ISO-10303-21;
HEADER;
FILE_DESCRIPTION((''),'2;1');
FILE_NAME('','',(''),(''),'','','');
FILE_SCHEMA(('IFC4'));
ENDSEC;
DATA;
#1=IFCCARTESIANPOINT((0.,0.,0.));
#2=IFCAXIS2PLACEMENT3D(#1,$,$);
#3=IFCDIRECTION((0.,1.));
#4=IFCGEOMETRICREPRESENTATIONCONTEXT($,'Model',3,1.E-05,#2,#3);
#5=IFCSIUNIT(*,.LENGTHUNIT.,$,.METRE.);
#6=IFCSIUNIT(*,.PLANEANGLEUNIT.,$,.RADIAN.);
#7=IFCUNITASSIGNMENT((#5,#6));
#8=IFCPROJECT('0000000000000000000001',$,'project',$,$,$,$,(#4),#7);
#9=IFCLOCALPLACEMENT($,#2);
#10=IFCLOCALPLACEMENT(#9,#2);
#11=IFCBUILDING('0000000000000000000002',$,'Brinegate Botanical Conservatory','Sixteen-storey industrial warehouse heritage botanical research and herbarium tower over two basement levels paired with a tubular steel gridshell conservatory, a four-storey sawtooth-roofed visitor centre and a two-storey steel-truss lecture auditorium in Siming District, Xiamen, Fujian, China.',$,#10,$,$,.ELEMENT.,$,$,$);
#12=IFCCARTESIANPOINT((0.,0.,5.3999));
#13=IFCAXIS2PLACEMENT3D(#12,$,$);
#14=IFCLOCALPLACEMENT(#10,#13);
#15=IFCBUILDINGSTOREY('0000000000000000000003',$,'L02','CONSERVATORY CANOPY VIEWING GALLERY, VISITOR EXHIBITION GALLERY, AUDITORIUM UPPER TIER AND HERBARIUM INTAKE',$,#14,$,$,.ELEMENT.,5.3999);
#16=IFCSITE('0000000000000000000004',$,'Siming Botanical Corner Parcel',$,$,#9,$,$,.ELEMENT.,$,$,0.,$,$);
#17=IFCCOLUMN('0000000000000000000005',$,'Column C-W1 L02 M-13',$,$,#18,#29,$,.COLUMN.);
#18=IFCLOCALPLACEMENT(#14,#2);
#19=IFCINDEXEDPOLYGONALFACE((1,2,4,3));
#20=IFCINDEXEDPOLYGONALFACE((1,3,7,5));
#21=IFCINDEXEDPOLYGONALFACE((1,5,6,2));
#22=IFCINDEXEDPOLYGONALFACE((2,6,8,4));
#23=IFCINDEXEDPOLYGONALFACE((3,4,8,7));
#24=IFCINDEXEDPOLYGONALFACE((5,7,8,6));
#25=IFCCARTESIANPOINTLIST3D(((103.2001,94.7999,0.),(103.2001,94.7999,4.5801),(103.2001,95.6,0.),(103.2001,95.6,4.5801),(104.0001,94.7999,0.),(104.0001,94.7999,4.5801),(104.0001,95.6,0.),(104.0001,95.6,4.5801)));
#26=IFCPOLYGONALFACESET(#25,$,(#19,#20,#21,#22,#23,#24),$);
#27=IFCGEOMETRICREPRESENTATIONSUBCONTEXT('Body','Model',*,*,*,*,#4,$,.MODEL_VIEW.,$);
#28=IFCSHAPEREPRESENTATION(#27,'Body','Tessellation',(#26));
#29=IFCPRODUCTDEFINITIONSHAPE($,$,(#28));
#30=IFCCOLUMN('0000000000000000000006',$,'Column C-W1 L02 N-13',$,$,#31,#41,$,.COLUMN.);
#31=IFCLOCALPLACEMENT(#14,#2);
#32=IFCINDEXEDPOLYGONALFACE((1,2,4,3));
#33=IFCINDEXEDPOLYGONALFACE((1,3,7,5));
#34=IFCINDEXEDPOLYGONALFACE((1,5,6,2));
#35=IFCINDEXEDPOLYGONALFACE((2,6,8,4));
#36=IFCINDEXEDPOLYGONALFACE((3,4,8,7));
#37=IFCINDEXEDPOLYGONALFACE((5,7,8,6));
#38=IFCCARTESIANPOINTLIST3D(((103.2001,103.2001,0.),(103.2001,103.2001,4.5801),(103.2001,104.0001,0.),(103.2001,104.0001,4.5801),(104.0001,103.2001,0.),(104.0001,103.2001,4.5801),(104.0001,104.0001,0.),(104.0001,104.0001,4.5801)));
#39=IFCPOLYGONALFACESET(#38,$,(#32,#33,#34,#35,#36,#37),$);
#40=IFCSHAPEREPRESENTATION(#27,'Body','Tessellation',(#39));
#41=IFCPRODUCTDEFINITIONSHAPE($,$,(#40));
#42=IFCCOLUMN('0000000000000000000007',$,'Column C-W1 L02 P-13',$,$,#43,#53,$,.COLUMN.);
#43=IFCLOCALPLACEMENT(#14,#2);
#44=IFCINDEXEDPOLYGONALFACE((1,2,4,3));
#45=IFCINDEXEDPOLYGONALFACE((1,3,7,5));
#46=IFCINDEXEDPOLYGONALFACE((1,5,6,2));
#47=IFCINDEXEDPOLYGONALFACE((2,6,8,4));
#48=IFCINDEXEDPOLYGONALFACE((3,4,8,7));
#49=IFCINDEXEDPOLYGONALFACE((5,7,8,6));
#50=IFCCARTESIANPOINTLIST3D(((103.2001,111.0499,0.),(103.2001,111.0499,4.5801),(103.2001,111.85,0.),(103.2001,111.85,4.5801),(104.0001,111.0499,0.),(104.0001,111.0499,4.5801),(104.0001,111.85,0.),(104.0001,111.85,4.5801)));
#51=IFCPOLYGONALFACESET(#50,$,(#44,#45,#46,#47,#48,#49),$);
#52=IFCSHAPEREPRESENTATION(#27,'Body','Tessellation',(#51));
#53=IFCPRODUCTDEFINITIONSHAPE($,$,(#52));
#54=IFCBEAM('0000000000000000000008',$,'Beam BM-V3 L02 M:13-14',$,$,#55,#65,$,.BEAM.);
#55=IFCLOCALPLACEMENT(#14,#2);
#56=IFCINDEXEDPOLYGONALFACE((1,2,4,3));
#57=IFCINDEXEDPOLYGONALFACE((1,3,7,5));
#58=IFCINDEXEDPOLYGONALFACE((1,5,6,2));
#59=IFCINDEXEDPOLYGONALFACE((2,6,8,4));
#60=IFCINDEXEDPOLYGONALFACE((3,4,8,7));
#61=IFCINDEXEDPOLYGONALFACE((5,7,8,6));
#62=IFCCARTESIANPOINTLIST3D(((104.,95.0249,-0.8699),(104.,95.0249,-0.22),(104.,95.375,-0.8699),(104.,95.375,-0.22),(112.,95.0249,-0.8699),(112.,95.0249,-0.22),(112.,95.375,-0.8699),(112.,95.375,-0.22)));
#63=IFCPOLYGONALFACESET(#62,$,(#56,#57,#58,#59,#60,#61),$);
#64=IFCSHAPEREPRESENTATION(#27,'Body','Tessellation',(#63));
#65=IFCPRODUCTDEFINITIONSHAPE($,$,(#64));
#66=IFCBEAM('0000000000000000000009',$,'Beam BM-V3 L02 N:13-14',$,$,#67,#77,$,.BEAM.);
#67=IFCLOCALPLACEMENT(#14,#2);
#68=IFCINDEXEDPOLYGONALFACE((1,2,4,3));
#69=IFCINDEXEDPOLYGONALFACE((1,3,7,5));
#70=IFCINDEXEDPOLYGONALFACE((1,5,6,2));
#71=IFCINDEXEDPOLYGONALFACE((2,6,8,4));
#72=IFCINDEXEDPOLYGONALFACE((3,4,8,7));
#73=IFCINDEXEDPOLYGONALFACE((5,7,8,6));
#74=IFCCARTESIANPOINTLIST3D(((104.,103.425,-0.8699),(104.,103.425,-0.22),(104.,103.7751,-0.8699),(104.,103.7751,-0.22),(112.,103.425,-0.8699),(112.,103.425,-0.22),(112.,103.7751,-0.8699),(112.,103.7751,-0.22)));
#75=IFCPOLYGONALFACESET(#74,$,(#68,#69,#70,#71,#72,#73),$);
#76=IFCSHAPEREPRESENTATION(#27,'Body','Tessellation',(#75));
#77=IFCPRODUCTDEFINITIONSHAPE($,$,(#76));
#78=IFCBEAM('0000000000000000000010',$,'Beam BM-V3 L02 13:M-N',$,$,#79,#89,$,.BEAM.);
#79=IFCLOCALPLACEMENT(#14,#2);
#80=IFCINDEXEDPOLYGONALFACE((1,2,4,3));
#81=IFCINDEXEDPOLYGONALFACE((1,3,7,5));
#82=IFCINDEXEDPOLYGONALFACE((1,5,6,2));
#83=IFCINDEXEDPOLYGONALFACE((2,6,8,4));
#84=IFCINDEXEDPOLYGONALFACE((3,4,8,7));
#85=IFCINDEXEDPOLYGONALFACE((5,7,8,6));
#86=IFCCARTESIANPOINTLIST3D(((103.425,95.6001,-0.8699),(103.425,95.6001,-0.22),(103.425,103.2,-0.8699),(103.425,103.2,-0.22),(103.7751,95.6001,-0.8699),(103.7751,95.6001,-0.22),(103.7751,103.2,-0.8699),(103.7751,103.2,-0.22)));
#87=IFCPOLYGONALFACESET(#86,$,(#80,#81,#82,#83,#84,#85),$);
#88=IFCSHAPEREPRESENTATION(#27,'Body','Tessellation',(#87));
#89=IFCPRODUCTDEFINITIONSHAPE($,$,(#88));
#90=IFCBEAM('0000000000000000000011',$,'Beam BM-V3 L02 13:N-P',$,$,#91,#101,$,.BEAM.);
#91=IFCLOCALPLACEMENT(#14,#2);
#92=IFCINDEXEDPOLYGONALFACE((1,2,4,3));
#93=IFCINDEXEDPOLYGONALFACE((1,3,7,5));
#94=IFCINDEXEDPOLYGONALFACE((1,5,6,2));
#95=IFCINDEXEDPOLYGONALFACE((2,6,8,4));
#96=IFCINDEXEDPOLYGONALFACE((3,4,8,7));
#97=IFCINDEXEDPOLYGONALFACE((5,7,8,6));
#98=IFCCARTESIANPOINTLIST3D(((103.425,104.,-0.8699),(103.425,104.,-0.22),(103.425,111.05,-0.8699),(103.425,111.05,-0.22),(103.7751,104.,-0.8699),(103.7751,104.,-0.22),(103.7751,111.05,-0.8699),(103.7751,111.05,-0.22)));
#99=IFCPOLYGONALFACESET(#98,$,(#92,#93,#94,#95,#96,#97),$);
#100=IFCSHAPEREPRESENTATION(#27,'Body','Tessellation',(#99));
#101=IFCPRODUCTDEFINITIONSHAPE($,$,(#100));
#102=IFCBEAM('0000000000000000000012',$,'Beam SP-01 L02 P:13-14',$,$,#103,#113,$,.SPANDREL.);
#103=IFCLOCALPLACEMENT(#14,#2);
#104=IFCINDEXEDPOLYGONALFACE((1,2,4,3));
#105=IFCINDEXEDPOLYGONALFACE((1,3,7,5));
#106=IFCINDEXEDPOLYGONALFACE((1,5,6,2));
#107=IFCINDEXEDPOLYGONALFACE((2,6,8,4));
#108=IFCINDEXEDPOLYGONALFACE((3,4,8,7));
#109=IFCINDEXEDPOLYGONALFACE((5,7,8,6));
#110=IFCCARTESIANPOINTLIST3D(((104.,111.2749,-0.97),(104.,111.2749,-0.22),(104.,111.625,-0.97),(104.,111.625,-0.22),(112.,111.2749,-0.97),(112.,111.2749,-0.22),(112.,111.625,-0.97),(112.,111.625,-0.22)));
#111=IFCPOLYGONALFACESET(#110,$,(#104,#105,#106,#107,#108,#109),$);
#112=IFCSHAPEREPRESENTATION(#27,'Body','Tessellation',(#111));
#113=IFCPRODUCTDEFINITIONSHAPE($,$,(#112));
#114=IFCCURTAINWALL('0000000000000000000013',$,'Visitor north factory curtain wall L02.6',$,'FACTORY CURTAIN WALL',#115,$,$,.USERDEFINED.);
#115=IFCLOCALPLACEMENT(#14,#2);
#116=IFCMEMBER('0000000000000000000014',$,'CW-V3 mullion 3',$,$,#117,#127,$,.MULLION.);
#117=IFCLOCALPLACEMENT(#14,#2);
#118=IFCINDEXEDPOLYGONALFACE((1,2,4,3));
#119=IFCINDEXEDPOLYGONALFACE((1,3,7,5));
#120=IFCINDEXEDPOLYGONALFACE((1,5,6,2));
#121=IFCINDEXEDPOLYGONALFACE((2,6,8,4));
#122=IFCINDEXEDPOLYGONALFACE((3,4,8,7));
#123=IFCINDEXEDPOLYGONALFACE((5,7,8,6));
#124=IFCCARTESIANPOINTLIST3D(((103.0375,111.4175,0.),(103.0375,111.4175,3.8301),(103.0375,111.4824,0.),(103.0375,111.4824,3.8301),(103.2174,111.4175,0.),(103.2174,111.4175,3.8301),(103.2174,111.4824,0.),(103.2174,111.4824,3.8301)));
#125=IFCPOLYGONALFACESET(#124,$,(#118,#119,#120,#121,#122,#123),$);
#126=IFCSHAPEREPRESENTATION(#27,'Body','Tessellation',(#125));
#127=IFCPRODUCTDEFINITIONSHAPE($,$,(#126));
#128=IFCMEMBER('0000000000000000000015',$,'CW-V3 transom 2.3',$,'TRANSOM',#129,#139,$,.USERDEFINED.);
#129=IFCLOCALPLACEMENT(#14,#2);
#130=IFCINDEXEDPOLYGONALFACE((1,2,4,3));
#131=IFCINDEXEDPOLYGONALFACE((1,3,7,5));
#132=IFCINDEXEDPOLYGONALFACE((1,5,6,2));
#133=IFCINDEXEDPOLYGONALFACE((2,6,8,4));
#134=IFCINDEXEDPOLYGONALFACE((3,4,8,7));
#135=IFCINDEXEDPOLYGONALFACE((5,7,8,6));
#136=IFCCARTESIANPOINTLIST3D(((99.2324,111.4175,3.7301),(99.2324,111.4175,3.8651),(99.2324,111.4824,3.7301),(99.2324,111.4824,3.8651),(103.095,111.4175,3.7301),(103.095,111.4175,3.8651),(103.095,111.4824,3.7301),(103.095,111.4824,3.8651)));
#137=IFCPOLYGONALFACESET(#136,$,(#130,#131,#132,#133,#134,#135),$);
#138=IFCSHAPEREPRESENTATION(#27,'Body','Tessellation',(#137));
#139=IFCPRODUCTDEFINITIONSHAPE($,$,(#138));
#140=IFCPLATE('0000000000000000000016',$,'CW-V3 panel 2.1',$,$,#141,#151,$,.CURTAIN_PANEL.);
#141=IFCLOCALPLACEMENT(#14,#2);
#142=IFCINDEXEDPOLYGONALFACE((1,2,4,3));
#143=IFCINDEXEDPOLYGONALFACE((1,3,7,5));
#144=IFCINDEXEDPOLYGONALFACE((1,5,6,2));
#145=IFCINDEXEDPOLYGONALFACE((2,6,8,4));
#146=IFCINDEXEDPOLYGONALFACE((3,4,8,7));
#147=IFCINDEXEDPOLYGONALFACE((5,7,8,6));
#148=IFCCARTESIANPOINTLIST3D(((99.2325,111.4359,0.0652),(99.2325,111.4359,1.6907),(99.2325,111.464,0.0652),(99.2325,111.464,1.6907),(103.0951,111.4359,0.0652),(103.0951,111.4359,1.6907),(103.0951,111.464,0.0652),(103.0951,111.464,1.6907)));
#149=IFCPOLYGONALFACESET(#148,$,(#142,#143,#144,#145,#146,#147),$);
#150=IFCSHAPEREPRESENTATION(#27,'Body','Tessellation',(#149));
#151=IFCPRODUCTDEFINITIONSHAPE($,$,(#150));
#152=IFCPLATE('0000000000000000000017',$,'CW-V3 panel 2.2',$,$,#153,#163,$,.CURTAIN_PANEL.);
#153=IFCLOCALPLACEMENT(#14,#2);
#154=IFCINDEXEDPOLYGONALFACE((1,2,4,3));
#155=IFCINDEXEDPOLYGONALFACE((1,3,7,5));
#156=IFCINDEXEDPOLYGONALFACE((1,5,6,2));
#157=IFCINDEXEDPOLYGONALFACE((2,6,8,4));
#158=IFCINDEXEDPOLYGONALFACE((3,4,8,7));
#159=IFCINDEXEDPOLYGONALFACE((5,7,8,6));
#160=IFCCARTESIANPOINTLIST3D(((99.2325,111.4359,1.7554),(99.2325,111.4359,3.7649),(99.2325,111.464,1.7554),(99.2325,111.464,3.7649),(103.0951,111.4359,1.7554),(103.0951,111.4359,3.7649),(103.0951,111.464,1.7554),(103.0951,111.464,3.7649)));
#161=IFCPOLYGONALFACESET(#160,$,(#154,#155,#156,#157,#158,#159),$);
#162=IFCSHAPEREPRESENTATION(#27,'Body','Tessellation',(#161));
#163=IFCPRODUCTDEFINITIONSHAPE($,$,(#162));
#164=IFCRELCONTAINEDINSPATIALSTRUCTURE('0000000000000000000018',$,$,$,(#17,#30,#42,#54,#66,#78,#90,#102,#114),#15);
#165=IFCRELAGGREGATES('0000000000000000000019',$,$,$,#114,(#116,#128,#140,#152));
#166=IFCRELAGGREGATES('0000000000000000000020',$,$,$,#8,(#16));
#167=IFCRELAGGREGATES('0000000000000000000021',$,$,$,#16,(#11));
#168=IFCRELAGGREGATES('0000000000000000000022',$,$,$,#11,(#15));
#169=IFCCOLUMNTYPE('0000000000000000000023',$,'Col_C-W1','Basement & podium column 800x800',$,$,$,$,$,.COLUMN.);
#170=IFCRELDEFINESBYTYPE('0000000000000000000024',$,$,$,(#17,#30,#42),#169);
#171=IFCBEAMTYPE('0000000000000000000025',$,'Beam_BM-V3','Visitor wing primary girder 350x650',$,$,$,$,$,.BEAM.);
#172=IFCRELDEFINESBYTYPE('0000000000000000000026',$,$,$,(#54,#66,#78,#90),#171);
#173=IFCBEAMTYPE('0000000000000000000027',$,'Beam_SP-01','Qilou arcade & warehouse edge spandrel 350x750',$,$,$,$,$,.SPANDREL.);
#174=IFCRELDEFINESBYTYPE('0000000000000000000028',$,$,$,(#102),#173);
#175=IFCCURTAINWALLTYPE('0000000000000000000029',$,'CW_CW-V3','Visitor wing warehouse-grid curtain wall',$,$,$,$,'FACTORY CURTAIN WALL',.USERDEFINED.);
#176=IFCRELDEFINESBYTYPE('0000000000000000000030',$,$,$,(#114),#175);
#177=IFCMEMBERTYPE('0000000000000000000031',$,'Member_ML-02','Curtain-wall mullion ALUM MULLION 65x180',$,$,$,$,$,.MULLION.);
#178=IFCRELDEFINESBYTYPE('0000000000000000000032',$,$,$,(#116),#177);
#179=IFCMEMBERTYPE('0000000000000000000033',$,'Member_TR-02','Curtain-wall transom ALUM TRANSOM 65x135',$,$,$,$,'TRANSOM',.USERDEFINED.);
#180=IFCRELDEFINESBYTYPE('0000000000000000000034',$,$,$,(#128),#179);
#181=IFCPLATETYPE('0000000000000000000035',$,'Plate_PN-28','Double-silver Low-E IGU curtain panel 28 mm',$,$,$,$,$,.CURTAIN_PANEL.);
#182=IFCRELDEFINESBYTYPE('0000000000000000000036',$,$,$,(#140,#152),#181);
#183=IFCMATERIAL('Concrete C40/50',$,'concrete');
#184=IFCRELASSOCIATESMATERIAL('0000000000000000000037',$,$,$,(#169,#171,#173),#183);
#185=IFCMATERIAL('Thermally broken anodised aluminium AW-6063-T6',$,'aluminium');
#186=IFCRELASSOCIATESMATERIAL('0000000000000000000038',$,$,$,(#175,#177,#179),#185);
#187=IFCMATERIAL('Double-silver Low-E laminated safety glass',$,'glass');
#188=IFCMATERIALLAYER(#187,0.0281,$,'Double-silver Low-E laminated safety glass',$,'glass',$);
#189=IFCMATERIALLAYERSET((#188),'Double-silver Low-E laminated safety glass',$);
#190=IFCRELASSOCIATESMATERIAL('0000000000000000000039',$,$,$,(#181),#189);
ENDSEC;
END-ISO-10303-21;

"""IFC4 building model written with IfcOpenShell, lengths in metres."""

from ifc_helpers import new_model, si_unit, direction, frame, origin, origin_2d, place, context, subcontext, project, spatial, rectangle, extrude, material, layer, layer_set, material_profile, profile_set, type_object, element, aggregate, save


model = new_model("IFC4")

# Units and contexts
model_context = context("Model", 3, precision=1e-05, world=origin(), true_north=direction((0.0, 1.0)))
body_context = subcontext(model_context, "Body", "Model", "MODEL_VIEW")
ifc_project = project(units=[si_unit("LENGTHUNIT", "METRE"), si_unit("PLANEANGLEUNIT", "RADIAN")], contexts=[model_context])

# Site, building, storey
site_placement = place(None, origin())
site = spatial("IfcSite", under=ifc_project, at=site_placement, Name="Siming Botanical Corner Parcel", CompositionType="ELEMENT", RefElevation=0.0)
building_placement = place(site_placement, origin())
building = spatial("IfcBuilding", under=site, at=building_placement, Name="Brinegate Botanical Conservatory", Description="Sixteen-storey industrial warehouse heritage botanical research and herbarium tower over two basement levels paired with a tubular steel gridshell conservatory, a four-storey sawtooth-roofed visitor centre and a two-storey steel-truss lecture auditorium in Siming District, Xiamen, Fujian, China.", CompositionType="ELEMENT")
storey_placement = place(building_placement, frame((0.0, 0.0, 5.3999)))
storey = spatial("IfcBuildingStorey", under=building, at=storey_placement, Name="L02", Description="CONSERVATORY CANOPY VIEWING GALLERY, VISITOR EXHIBITION GALLERY, AUDITORIUM UPPER TIER AND HERBARIUM INTAKE", CompositionType="ELEMENT", Elevation=5.3999)

# Columns
ifc_material_1 = material(Name="Concrete C40/50", Category="concrete")
ifc_material_profile_1 = material_profile(ifc_material_1, rectangle(XDim=0.8, YDim=0.8, at=origin_2d()), Name="RC COL 800x800")
ifc_profile_set_1 = profile_set([ifc_material_profile_1], Name="Concrete C40/50")
column_type = type_object("IfcColumnType", Name="Col_C-W1", Description="Basement & podium column 800x800", PredefinedType="COLUMN", material=ifc_profile_set_1)
for number, where, z_axis, x_axis, name in (
    (1, (103.6001, 95.2, 0.0), (0.0, 0.0, 1.0), (1.0, 0.0, 0.0), "Column C-W1 L02 M-13"),
    (2, (103.6001, 103.6001, 0.0), (0.0, 0.0, 1.0), (1.0, 0.0, 0.0), "Column C-W1 L02 N-13"),
    (3, (103.6001, 111.45, 0.0), (0.0, 0.0, 1.0), (1.0, 0.0, 0.0), "Column C-W1 L02 P-13"),
):
    element("IfcColumn", number, at=place(storey_placement, frame(where, z_axis=z_axis, x_axis=x_axis)), inside=storey, type_object=column_type, Name=name, PredefinedType="COLUMN", context=body_context, shape_type="SweptSolid", body=[
        extrude(rectangle(XDim=0.8, YDim=0.8, at=origin_2d()), origin(), (0.0, 0.0, 1.0), 4.5801),
    ])

# Beams
ifc_material_profile_2 = material_profile(ifc_material_1, rectangle(XDim=0.3501, YDim=0.6499, at=origin_2d()), Name="RC BM 350x650")
ifc_profile_set_2 = profile_set([ifc_material_profile_2], Name="Concrete C40/50")
beam_type_1 = type_object("IfcBeamType", Name="Beam_BM-V3", Description="Visitor wing primary girder 350x650", PredefinedType="BEAM", material=ifc_profile_set_2)
for number, where, z_axis, x_axis, name in (
    (4, (104.0, 95.2, -0.5449), (1.0, 0.0, 0.0), (0.0, 1.0, 0.0), "Beam BM-V3 L02 M:13-14"),
    (5, (104.0, 103.6001, -0.5449), (1.0, 0.0, 0.0), (0.0, 1.0, 0.0), "Beam BM-V3 L02 N:13-14"),
):
    element("IfcBeam", number, at=place(storey_placement, frame(where, z_axis=z_axis, x_axis=x_axis)), inside=storey, type_object=beam_type_1, Name=name, PredefinedType="BEAM", context=body_context, shape_type="SweptSolid", body=[
        extrude(rectangle(XDim=0.3501, YDim=0.6499, at=origin_2d()), origin(), (0.0, 0.0, 1.0), 8.0),
    ])
beam_1_placement = place(storey_placement, frame((103.6001, 95.6001, -0.5449), z_axis=(0.0, 1.0, 0.0), x_axis=(-1.0, 0.0, 0.0)))
element("IfcBeam", 6, at=beam_1_placement, inside=storey, type_object=beam_type_1, Name="Beam BM-V3 L02 13:M-N", PredefinedType="BEAM", context=body_context, shape_type="SweptSolid", body=[
    extrude(rectangle(XDim=0.3501, YDim=0.6499, at=origin_2d()), origin(), (0.0, 0.0, 1.0), 7.5999),
])
beam_2_placement = place(storey_placement, frame((103.6001, 104.0, -0.5449), z_axis=(0.0, 1.0, 0.0), x_axis=(-1.0, 0.0, 0.0)))
element("IfcBeam", 7, at=beam_2_placement, inside=storey, type_object=beam_type_1, Name="Beam BM-V3 L02 13:N-P", PredefinedType="BEAM", context=body_context, shape_type="SweptSolid", body=[
    extrude(rectangle(XDim=0.3501, YDim=0.6499, at=origin_2d()), origin(), (0.0, 0.0, 1.0), 7.05),
])
ifc_material_profile_3 = material_profile(ifc_material_1, rectangle(XDim=0.3501, YDim=0.75, at=origin_2d()), Name="RC SPN 350x750")
ifc_profile_set_3 = profile_set([ifc_material_profile_3], Name="Concrete C40/50")
beam_type_2 = type_object("IfcBeamType", Name="Beam_SP-01", Description="Qilou arcade & warehouse edge spandrel 350x750", PredefinedType="SPANDREL", material=ifc_profile_set_3)
beam_3_placement = place(storey_placement, frame((104.0, 111.45, -0.595), z_axis=(1.0, 0.0, 0.0), x_axis=(0.0, 1.0, 0.0)))
element("IfcBeam", 8, at=beam_3_placement, inside=storey, type_object=beam_type_2, Name="Beam SP-01 L02 P:13-14", PredefinedType="SPANDREL", context=body_context, shape_type="SweptSolid", body=[
    extrude(rectangle(XDim=0.3501, YDim=0.75, at=origin_2d()), origin(), (0.0, 0.0, 1.0), 8.0),
])

# Curtain wall, members, plates
ifc_material_2 = material(Name="Thermally broken anodised aluminium AW-6063-T6", Category="aluminium")
curtain_wall_type = type_object("IfcCurtainWallType", Name="CW_CW-V3", Description="Visitor wing warehouse-grid curtain wall", ElementType="FACTORY CURTAIN WALL", PredefinedType="USERDEFINED", material=ifc_material_2)
curtain_wall_placement = place(storey_placement, origin())
curtain_wall = element("IfcCurtainWall", 9, at=curtain_wall_placement, inside=storey, type_object=curtain_wall_type, Name="Visitor north factory curtain wall L02.6", ObjectType="FACTORY CURTAIN WALL", PredefinedType="USERDEFINED")
ifc_material_profile_4 = material_profile(ifc_material_2, rectangle(XDim=0.0649, YDim=0.1799, at=origin_2d()), Name="ALUM MULLION 65x180")
ifc_profile_set_4 = profile_set([ifc_material_profile_4], Name="Thermally broken anodised aluminium AW-6063-T6")
member_type_1 = type_object("IfcMemberType", Name="Member_ML-02", Description="Curtain-wall mullion ALUM MULLION 65x180", PredefinedType="MULLION", material=ifc_profile_set_4)
member_1_placement = place(storey_placement, frame((103.1274, 111.45, 0.0), z_axis=(0.0, 0.0, 1.0), x_axis=(0.0, 1.0, 0.0)))
member_1 = element("IfcMember", 10, at=member_1_placement, type_object=member_type_1, Name="CW-V3 mullion 3", PredefinedType="MULLION", context=body_context, shape_type="SweptSolid", body=[
    extrude(rectangle(XDim=0.0649, YDim=0.1799, at=origin_2d()), origin(), (0.0, 0.0, 1.0), 3.8301),
])
ifc_material_profile_5 = material_profile(ifc_material_2, rectangle(XDim=0.0649, YDim=0.135, at=origin_2d()), Name="ALUM TRANSOM 65x135")
ifc_profile_set_5 = profile_set([ifc_material_profile_5], Name="Thermally broken anodised aluminium AW-6063-T6")
member_type_2 = type_object("IfcMemberType", Name="Member_TR-02", Description="Curtain-wall transom ALUM TRANSOM 65x135", ElementType="TRANSOM", PredefinedType="USERDEFINED", material=ifc_profile_set_5)
member_2_placement = place(storey_placement, frame((99.2324, 111.45, 3.7976), z_axis=(1.0, 0.0, 0.0), x_axis=(0.0, 1.0, 0.0)))
member_2 = element("IfcMember", 11, at=member_2_placement, type_object=member_type_2, Name="CW-V3 transom 2.3", ObjectType="TRANSOM", PredefinedType="USERDEFINED", context=body_context, shape_type="SweptSolid", body=[
    extrude(rectangle(XDim=0.0649, YDim=0.135, at=origin_2d()), origin(), (0.0, 0.0, 1.0), 3.8625),
])
ifc_material_3 = material(Name="Double-silver Low-E laminated safety glass", Category="glass")
ifc_layer_1 = layer(ifc_material_3, 0.0281, Name="Double-silver Low-E laminated safety glass", Category="glass")
ifc_layer_set_1 = layer_set([ifc_layer_1], Name="Double-silver Low-E laminated safety glass")
plate_type = type_object("IfcPlateType", Name="Plate_PN-28", Description="Double-silver Low-E IGU curtain panel 28 mm", PredefinedType="CURTAIN_PANEL", material=ifc_layer_set_1)
plate_1_placement = place(storey_placement, frame((101.1638, 111.45, 0.0652), z_axis=(0.0, 0.0, 1.0), x_axis=(1.0, 0.0, 0.0)))
plate_1 = element("IfcPlate", 12, at=plate_1_placement, type_object=plate_type, Name="CW-V3 panel 2.1", PredefinedType="CURTAIN_PANEL", context=body_context, shape_type="SweptSolid", body=[
    extrude(rectangle(XDim=3.8625, YDim=0.0281, at=origin_2d()), origin(), (0.0, 0.0, 1.0), 1.6255),
])
plate_2_placement = place(storey_placement, frame((101.1638, 111.45, 1.7554), z_axis=(0.0, 0.0, 1.0), x_axis=(1.0, 0.0, 0.0)))
plate_2 = element("IfcPlate", 13, at=plate_2_placement, type_object=plate_type, Name="CW-V3 panel 2.2", PredefinedType="CURTAIN_PANEL", context=body_context, shape_type="SweptSolid", body=[
    extrude(rectangle(XDim=3.8625, YDim=0.0281, at=origin_2d()), origin(), (0.0, 0.0, 1.0), 2.0095),
])
aggregate(curtain_wall, [member_1, member_2, plate_1, plate_2])

save(model, "model.ifc")
